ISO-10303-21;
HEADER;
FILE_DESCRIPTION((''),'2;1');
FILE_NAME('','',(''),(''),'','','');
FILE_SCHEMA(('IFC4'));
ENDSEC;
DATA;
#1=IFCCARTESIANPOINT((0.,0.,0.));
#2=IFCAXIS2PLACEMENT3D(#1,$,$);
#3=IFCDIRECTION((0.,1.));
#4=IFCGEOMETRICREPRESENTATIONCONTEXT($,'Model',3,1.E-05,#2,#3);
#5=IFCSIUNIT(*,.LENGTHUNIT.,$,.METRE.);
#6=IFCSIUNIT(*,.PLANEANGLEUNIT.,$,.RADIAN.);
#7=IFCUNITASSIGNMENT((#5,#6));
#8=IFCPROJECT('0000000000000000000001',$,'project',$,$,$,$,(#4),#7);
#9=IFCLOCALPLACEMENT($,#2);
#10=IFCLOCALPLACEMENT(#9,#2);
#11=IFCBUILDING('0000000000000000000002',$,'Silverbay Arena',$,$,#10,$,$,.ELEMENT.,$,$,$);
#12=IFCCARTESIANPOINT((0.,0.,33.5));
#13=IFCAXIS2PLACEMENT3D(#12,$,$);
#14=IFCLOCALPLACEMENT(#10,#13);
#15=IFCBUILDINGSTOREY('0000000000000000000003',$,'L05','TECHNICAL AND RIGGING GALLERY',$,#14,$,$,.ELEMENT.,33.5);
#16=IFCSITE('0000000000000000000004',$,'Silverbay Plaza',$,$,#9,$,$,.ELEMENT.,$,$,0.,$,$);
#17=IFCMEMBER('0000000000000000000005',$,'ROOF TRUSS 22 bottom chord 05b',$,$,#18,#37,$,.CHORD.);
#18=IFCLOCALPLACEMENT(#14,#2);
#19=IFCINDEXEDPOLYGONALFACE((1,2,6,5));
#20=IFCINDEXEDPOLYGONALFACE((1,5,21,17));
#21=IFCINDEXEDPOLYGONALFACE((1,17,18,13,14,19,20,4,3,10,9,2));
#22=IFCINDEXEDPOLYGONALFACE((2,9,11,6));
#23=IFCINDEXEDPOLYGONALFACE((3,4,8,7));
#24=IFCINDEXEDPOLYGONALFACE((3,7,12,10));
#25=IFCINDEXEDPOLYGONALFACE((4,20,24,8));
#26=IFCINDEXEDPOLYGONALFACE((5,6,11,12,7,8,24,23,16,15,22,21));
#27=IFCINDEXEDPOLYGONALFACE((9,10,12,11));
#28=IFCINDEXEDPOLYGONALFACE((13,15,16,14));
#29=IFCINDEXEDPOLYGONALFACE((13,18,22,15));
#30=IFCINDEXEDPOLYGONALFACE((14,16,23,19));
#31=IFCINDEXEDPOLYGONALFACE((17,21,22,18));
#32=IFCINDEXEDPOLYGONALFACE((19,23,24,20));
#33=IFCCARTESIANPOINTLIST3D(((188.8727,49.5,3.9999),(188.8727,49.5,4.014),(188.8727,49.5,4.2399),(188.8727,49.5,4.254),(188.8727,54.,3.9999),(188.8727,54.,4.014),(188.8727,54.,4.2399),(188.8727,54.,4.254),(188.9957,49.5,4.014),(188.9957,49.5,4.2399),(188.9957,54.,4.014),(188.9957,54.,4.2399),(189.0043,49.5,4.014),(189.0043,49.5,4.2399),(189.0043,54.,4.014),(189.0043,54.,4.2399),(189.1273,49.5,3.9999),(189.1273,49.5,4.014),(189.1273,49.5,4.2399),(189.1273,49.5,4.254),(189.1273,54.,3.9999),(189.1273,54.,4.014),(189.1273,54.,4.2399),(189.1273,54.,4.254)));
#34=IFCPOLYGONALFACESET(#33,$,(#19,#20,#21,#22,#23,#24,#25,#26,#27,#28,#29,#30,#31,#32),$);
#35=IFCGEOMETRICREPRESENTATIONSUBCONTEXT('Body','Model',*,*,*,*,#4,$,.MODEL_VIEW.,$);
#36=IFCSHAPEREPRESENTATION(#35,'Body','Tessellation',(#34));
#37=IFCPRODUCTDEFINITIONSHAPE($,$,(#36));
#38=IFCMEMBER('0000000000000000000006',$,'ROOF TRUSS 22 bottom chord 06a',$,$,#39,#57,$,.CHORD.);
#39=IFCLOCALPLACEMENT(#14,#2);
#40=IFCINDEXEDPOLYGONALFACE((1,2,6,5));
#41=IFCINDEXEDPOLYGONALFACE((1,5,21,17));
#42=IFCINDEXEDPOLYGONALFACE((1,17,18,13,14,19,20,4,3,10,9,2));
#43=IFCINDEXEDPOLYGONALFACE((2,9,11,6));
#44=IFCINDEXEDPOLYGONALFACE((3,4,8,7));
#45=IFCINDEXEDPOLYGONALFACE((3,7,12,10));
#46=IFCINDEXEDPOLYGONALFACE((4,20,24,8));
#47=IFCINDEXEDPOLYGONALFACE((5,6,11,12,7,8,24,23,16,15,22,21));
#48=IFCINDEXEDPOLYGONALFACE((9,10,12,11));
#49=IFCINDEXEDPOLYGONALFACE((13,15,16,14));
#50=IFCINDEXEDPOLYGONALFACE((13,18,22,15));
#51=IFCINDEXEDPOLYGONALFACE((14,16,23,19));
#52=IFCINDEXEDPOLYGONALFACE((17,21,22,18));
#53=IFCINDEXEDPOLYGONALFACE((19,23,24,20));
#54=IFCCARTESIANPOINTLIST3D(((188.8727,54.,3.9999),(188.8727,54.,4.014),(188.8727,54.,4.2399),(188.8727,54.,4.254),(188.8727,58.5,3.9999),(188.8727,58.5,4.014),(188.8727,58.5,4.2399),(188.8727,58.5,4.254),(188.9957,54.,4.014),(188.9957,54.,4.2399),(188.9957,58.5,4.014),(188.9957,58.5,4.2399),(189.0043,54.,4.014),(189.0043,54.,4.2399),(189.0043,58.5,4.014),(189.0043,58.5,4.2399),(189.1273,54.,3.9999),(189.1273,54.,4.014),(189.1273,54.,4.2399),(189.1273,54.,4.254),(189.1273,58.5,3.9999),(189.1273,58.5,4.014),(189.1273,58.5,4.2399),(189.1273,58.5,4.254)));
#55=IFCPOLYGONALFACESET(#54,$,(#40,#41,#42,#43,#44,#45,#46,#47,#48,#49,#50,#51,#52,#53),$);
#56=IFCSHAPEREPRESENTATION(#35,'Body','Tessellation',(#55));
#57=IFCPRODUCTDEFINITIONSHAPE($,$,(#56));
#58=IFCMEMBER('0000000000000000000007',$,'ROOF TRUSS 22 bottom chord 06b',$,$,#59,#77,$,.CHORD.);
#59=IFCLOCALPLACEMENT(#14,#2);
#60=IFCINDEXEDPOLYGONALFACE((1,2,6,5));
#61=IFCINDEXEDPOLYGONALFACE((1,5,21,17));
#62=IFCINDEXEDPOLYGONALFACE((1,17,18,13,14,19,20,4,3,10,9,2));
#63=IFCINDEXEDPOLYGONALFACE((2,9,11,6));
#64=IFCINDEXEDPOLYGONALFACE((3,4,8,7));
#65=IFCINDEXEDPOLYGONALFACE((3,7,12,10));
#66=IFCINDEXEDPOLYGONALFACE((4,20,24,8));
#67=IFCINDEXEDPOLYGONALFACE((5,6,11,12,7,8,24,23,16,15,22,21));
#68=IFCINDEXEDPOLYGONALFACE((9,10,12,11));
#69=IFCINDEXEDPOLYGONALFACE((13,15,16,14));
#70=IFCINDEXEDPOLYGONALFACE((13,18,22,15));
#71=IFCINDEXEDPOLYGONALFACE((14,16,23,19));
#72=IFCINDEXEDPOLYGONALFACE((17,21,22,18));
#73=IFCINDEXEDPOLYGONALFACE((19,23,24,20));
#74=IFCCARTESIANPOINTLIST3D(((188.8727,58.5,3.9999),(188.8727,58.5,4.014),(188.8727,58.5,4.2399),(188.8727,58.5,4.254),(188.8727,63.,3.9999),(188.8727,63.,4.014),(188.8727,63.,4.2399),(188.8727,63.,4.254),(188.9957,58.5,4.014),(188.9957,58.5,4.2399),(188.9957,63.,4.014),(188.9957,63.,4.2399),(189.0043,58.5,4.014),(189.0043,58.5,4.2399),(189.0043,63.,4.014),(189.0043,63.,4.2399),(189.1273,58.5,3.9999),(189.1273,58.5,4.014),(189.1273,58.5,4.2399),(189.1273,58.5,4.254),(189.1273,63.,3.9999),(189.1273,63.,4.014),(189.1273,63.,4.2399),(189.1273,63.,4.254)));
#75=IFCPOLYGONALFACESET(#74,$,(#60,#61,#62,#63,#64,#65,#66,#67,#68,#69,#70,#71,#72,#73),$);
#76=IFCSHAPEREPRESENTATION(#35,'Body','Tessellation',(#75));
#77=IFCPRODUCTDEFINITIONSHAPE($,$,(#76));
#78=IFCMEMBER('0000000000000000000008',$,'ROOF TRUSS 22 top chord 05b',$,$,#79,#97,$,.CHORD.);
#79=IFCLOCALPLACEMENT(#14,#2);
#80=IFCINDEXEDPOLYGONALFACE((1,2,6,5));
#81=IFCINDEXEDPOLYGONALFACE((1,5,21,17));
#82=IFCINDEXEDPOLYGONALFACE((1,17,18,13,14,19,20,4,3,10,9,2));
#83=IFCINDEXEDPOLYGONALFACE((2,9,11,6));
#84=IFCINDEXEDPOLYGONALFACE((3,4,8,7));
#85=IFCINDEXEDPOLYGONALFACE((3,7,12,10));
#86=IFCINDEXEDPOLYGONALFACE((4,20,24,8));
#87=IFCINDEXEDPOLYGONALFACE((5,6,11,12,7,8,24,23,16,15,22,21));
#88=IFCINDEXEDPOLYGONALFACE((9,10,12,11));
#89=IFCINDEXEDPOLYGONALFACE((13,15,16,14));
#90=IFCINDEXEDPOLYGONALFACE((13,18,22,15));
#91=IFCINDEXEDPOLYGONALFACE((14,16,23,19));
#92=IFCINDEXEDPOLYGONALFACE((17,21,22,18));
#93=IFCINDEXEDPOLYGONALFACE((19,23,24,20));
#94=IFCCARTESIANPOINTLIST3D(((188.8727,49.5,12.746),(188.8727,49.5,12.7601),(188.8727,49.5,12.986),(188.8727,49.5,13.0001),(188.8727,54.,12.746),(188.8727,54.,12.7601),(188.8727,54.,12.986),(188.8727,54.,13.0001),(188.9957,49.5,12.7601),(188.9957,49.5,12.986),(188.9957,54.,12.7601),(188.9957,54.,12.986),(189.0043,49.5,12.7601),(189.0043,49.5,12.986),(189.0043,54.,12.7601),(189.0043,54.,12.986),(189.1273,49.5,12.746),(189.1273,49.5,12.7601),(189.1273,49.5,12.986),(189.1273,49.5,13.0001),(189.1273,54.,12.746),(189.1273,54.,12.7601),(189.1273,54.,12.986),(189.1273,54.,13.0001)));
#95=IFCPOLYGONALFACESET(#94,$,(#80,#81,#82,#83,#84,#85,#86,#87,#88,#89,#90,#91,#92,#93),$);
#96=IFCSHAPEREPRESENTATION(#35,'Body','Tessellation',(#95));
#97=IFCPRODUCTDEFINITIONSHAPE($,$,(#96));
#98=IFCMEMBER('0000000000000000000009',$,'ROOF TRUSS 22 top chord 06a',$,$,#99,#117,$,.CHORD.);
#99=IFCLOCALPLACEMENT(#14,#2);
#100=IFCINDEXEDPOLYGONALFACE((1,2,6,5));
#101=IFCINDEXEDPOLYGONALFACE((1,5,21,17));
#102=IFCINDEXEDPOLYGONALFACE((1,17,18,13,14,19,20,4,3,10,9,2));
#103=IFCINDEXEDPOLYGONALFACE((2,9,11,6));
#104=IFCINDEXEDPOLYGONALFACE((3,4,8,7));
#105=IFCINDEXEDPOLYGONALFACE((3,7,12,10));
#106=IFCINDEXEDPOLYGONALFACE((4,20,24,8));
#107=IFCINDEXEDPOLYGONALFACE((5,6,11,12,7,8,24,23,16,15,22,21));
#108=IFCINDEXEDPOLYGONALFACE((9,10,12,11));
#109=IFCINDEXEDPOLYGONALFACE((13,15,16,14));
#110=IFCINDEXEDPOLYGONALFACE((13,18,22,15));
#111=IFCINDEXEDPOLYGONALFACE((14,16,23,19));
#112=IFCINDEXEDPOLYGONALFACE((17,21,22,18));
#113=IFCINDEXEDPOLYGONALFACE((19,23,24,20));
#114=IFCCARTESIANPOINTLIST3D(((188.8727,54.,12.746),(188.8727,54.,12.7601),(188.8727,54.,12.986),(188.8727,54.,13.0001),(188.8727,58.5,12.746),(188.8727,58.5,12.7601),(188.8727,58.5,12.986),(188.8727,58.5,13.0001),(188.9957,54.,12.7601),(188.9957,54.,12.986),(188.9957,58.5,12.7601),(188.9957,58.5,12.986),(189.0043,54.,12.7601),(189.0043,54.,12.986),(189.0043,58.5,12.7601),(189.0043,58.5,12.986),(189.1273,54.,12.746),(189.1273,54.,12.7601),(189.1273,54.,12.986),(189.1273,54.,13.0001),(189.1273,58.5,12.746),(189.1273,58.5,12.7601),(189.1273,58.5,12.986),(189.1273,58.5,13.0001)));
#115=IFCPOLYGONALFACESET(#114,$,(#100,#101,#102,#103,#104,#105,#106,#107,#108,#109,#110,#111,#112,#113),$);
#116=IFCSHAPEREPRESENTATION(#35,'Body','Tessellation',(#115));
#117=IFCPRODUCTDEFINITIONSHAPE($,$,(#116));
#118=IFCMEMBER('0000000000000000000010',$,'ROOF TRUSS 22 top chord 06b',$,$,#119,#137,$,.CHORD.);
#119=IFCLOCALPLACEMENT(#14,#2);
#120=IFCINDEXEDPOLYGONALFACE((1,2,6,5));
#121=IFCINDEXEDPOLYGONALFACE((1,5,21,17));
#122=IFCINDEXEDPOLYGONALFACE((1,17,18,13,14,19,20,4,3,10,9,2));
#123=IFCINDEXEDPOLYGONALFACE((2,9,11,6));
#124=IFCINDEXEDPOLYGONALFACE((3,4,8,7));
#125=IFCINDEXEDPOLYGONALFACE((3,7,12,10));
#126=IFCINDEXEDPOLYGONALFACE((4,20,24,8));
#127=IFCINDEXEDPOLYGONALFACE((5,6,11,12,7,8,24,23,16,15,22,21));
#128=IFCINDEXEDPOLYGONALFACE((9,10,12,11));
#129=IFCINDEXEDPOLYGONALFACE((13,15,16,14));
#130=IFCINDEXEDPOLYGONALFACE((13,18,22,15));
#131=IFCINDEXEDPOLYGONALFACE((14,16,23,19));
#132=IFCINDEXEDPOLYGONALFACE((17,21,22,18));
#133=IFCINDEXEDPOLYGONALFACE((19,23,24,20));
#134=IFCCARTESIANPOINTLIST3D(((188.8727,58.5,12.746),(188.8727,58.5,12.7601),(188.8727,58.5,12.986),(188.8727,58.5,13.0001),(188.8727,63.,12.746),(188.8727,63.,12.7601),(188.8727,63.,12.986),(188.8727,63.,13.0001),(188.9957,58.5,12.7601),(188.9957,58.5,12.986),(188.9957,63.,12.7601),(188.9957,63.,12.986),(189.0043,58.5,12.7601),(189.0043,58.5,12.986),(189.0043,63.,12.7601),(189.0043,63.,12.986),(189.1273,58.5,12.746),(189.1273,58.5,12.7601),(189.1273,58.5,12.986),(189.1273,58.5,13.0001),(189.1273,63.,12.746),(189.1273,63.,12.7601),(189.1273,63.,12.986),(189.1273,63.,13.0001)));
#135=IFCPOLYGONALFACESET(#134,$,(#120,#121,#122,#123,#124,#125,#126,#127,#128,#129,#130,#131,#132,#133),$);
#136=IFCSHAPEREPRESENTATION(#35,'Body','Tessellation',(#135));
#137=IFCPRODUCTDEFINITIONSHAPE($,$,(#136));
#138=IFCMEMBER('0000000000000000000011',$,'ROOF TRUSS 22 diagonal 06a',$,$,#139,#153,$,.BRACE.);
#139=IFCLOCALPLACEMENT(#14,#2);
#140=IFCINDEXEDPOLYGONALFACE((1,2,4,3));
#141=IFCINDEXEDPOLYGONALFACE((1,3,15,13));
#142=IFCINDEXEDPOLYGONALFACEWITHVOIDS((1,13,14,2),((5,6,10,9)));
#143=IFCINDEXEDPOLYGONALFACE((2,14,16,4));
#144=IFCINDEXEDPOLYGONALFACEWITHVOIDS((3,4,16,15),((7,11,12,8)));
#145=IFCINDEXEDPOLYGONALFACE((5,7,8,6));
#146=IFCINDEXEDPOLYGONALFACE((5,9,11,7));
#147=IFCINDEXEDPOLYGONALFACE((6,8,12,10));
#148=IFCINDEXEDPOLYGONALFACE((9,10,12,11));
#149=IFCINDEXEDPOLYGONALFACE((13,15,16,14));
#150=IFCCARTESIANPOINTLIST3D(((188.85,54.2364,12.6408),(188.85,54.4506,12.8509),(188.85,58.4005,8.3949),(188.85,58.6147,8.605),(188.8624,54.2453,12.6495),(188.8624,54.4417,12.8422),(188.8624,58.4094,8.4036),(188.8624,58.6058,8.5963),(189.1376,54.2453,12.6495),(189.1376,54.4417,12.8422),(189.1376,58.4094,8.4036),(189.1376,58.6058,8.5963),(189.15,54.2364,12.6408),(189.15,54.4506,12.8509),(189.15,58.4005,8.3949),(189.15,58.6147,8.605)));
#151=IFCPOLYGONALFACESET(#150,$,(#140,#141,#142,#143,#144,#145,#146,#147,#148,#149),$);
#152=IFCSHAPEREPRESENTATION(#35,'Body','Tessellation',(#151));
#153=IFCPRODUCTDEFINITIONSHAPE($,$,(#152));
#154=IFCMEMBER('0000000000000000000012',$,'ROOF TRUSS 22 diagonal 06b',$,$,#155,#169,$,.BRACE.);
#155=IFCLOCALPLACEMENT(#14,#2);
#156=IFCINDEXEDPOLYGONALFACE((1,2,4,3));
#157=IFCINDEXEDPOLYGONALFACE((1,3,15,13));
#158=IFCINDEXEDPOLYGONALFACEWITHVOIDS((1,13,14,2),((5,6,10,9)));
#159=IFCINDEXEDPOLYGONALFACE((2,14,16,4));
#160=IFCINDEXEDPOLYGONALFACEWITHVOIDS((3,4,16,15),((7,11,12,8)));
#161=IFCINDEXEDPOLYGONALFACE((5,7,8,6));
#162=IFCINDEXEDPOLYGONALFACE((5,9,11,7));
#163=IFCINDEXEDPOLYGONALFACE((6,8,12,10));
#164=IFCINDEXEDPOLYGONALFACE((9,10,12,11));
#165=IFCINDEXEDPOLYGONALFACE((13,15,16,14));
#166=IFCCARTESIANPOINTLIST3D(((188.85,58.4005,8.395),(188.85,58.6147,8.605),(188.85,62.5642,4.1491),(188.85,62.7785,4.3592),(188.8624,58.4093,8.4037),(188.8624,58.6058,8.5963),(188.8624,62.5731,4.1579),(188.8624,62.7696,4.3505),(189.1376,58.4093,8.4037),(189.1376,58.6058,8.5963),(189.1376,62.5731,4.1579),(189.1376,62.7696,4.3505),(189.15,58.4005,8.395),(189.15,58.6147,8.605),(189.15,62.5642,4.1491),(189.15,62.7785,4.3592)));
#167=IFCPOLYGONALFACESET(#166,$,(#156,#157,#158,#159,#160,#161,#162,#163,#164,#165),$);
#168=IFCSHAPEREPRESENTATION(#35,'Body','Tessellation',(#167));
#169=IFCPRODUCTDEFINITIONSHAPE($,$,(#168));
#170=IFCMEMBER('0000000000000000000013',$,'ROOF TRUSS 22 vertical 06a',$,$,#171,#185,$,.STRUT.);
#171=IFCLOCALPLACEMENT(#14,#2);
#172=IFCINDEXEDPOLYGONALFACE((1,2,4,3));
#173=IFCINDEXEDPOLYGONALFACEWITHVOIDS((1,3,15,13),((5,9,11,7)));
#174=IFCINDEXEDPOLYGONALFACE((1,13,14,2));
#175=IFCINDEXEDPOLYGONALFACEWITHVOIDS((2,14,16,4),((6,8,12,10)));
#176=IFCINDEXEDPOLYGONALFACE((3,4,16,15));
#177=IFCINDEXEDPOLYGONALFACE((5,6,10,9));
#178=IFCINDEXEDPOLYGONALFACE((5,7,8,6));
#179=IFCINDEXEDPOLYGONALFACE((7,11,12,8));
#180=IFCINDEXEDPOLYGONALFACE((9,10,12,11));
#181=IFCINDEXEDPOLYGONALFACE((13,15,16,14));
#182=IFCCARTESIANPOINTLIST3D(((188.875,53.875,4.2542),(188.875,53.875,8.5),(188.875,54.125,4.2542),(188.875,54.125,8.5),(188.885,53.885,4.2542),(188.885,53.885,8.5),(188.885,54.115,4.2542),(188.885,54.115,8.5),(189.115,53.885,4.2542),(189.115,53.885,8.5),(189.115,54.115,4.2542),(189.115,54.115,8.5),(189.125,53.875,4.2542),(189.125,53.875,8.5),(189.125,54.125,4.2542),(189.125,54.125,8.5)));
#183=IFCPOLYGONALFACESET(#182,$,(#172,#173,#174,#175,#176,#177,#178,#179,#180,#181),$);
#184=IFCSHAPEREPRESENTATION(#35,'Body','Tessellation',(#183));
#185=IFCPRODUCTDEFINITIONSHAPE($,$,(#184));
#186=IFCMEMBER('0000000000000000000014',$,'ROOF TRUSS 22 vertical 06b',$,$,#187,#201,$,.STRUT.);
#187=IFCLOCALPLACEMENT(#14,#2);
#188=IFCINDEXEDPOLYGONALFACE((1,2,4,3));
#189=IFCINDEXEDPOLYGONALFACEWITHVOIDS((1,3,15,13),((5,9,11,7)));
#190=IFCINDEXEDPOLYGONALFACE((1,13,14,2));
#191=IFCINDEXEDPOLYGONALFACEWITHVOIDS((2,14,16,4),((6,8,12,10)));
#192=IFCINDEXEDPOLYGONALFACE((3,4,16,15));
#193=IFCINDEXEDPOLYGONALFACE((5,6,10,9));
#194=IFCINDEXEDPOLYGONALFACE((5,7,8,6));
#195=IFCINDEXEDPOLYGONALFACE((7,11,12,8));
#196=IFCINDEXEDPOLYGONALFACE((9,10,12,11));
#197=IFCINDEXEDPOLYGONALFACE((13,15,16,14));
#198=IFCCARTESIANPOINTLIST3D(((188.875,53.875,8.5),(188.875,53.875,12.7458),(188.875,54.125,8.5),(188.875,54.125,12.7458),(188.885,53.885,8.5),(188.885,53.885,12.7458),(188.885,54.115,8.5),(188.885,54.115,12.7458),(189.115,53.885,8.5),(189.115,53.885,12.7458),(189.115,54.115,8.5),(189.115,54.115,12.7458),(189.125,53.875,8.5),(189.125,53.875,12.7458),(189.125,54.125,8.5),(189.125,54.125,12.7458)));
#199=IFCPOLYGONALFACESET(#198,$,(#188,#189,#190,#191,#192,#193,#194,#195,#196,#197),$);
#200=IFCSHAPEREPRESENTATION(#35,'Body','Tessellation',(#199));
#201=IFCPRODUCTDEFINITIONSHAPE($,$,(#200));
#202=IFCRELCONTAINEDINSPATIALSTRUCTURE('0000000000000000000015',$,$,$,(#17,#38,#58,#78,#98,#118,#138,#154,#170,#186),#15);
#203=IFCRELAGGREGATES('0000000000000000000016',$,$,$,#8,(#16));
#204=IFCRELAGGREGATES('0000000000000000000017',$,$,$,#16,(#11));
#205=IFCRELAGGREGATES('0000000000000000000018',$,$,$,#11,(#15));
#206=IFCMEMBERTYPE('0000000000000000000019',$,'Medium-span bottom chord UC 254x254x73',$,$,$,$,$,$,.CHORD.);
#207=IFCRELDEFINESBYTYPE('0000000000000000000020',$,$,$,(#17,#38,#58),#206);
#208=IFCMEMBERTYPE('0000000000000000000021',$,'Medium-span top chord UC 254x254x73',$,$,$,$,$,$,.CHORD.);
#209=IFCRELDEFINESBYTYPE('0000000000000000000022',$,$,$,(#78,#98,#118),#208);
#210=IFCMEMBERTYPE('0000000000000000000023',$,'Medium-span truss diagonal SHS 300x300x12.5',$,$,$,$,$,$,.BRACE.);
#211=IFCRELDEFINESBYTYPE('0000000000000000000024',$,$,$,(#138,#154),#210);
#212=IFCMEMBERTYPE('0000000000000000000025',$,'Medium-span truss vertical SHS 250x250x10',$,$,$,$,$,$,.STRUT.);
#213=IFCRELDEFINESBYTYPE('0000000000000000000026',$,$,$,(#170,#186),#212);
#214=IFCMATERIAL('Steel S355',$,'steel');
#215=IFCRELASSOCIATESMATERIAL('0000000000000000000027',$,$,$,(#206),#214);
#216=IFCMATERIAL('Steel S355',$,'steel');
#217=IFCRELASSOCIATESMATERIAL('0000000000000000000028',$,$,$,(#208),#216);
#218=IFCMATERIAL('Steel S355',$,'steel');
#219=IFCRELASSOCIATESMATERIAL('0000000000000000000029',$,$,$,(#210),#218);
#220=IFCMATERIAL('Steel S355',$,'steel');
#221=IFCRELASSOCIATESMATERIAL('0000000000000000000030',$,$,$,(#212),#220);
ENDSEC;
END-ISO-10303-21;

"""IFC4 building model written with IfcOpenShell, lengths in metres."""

from ifc_helpers import new_model, si_unit, direction, frame, origin, origin_2d, place, context, subcontext, project, spatial, hollow_rectangle, i_section, extrude, material, material_profile, profile_set, type_object, element, save


model = new_model("IFC4")

# Units and contexts
model_context = context("Model", 3, precision=1e-05, world=origin(), true_north=direction((0.0, 1.0)))
body_context = subcontext(model_context, "Body", "Model", "MODEL_VIEW")
ifc_project = project(units=[si_unit("LENGTHUNIT", "METRE"), si_unit("PLANEANGLEUNIT", "RADIAN")], contexts=[model_context])

# Site, building, storey
site_placement = place(None, origin())
site = spatial("IfcSite", under=ifc_project, at=site_placement, Name="Silverbay Plaza", CompositionType="ELEMENT", RefElevation=0.0)
building_placement = place(site_placement, origin())
building = spatial("IfcBuilding", under=site, at=building_placement, Name="Silverbay Arena", CompositionType="ELEMENT")
storey_placement = place(building_placement, frame((0.0, 0.0, 33.5)))
storey = spatial("IfcBuildingStorey", under=building, at=storey_placement, Name="L05", Description="TECHNICAL AND RIGGING GALLERY", CompositionType="ELEMENT", Elevation=33.5)

# Members
ifc_material_1 = material(Name="Steel S355", Category="steel")
ifc_material_profile_1 = material_profile(ifc_material_1, i_section(OverallWidth=0.2546, OverallDepth=0.2542, WebThickness=0.0085, FlangeThickness=0.0142, at=origin_2d()), Name="UC 254x254x73")
ifc_profile_set_1 = profile_set([ifc_material_profile_1], Name="Steel S355")
member_type_1 = type_object("IfcMemberType", Name="Medium-span bottom chord UC 254x254x73", PredefinedType="CHORD", material=ifc_profile_set_1)
for number, where, z_axis, x_axis, name in (
    (1, (189.0, 49.5, 4.127), (0.0, 1.0, 0.0), (-1.0, 0.0, 0.0), "ROOF TRUSS 22 bottom chord 05b"),
    (2, (189.0, 54.0, 4.127), (0.0, 1.0, 0.0), (-1.0, 0.0, 0.0), "ROOF TRUSS 22 bottom chord 06a"),
    (3, (189.0, 58.5, 4.127), (0.0, 1.0, 0.0), (-1.0, 0.0, 0.0), "ROOF TRUSS 22 bottom chord 06b"),
):
    element("IfcMember", number, at=place(storey_placement, frame(where, z_axis=z_axis, x_axis=x_axis)), inside=storey, type_object=member_type_1, Name=name, PredefinedType="CHORD", context=body_context, shape_type="SweptSolid", body=[
        extrude(i_section(OverallWidth=0.2546, OverallDepth=0.2542, WebThickness=0.0085, FlangeThickness=0.0142, at=origin_2d()), origin(), (0.0, 0.0, 1.0), 4.5),
    ])
ifc_material_2 = material(Name="Steel S355", Category="steel")
ifc_material_profile_2 = material_profile(ifc_material_2, i_section(OverallWidth=0.2546, OverallDepth=0.2542, WebThickness=0.0085, FlangeThickness=0.0142, at=origin_2d()), Name="UC 254x254x73")
ifc_profile_set_2 = profile_set([ifc_material_profile_2], Name="Steel S355")
member_type_2 = type_object("IfcMemberType", Name="Medium-span top chord UC 254x254x73", PredefinedType="CHORD", material=ifc_profile_set_2)
for number, where, z_axis, x_axis, name in (
    (4, (189.0, 49.5, 12.873), (0.0, 1.0, 0.0), (-1.0, 0.0, 0.0), "ROOF TRUSS 22 top chord 05b"),
    (5, (189.0, 54.0, 12.873), (0.0, 1.0, 0.0), (-1.0, 0.0, 0.0), "ROOF TRUSS 22 top chord 06a"),
    (6, (189.0, 58.5, 12.873), (0.0, 1.0, 0.0), (-1.0, 0.0, 0.0), "ROOF TRUSS 22 top chord 06b"),
):
    element("IfcMember", number, at=place(storey_placement, frame(where, z_axis=z_axis, x_axis=x_axis)), inside=storey, type_object=member_type_2, Name=name, PredefinedType="CHORD", context=body_context, shape_type="SweptSolid", body=[
        extrude(i_section(OverallWidth=0.2546, OverallDepth=0.2542, WebThickness=0.0085, FlangeThickness=0.0142, at=origin_2d()), origin(), (0.0, 0.0, 1.0), 4.5),
    ])
ifc_material_3 = material(Name="Steel S355", Category="steel")
ifc_material_profile_3 = material_profile(ifc_material_3, hollow_rectangle(XDim=0.3, YDim=0.3, WallThickness=0.0125, at=origin_2d()), Name="SHS 300x300x12.5")
ifc_profile_set_3 = profile_set([ifc_material_profile_3], Name="Steel S355")
member_type_3 = type_object("IfcMemberType", Name="Medium-span truss diagonal SHS 300x300x12.5", PredefinedType="BRACE", material=ifc_profile_set_3)
member_1_placement = place(storey_placement, frame((189.0, 54.3435, 12.7458), z_axis=(0.0, 0.700197, -0.71395), x_axis=(-1.0, 0.0, 0.0)))
element("IfcMember", 7, at=member_1_placement, inside=storey, type_object=member_type_3, Name="ROOF TRUSS 22 diagonal 06a", PredefinedType="BRACE", context=body_context, shape_type="SweptSolid", body=[
    extrude(hollow_rectangle(XDim=0.3, YDim=0.3, WallThickness=0.0125, at=origin_2d()), origin(), (0.0, 0.0, 1.0), 5.947),
])
member_2_placement = place(storey_placement, frame((189.0, 58.5076, 8.5), z_axis=(0.0, 0.700176, -0.71397), x_axis=(-1.0, 0.0, 0.0)))
element("IfcMember", 8, at=member_2_placement, inside=storey, type_object=member_type_3, Name="ROOF TRUSS 22 diagonal 06b", PredefinedType="BRACE", context=body_context, shape_type="SweptSolid", body=[
    extrude(hollow_rectangle(XDim=0.3, YDim=0.3, WallThickness=0.0125, at=origin_2d()), origin(), (0.0, 0.0, 1.0), 5.9468),
])
ifc_material_4 = material(Name="Steel S355", Category="steel")
ifc_material_profile_4 = material_profile(ifc_material_4, hollow_rectangle(XDim=0.25, YDim=0.25, WallThickness=0.01, at=origin_2d()), Name="SHS 250x250x10")
ifc_profile_set_4 = profile_set([ifc_material_profile_4], Name="Steel S355")
member_type_4 = type_object("IfcMemberType", Name="Medium-span truss vertical SHS 250x250x10", PredefinedType="STRUT", material=ifc_profile_set_4)
for number, where, z_axis, x_axis, name in (
    (9, (189.0, 54.0, 4.2542), (0.0, 0.0, 1.0), (1.0, 0.0, 0.0), "ROOF TRUSS 22 vertical 06a"),
    (10, (189.0, 54.0, 8.5), (0.0, 0.0, 1.0), (1.0, 0.0, 0.0), "ROOF TRUSS 22 vertical 06b"),
):
    element("IfcMember", number, at=place(storey_placement, frame(where, z_axis=z_axis, x_axis=x_axis)), inside=storey, type_object=member_type_4, Name=name, PredefinedType="STRUT", context=body_context, shape_type="SweptSolid", body=[
        extrude(hollow_rectangle(XDim=0.25, YDim=0.25, WallThickness=0.01, at=origin_2d()), origin(), (0.0, 0.0, 1.0), 4.2458),
    ])

save(model, "model.ifc")
